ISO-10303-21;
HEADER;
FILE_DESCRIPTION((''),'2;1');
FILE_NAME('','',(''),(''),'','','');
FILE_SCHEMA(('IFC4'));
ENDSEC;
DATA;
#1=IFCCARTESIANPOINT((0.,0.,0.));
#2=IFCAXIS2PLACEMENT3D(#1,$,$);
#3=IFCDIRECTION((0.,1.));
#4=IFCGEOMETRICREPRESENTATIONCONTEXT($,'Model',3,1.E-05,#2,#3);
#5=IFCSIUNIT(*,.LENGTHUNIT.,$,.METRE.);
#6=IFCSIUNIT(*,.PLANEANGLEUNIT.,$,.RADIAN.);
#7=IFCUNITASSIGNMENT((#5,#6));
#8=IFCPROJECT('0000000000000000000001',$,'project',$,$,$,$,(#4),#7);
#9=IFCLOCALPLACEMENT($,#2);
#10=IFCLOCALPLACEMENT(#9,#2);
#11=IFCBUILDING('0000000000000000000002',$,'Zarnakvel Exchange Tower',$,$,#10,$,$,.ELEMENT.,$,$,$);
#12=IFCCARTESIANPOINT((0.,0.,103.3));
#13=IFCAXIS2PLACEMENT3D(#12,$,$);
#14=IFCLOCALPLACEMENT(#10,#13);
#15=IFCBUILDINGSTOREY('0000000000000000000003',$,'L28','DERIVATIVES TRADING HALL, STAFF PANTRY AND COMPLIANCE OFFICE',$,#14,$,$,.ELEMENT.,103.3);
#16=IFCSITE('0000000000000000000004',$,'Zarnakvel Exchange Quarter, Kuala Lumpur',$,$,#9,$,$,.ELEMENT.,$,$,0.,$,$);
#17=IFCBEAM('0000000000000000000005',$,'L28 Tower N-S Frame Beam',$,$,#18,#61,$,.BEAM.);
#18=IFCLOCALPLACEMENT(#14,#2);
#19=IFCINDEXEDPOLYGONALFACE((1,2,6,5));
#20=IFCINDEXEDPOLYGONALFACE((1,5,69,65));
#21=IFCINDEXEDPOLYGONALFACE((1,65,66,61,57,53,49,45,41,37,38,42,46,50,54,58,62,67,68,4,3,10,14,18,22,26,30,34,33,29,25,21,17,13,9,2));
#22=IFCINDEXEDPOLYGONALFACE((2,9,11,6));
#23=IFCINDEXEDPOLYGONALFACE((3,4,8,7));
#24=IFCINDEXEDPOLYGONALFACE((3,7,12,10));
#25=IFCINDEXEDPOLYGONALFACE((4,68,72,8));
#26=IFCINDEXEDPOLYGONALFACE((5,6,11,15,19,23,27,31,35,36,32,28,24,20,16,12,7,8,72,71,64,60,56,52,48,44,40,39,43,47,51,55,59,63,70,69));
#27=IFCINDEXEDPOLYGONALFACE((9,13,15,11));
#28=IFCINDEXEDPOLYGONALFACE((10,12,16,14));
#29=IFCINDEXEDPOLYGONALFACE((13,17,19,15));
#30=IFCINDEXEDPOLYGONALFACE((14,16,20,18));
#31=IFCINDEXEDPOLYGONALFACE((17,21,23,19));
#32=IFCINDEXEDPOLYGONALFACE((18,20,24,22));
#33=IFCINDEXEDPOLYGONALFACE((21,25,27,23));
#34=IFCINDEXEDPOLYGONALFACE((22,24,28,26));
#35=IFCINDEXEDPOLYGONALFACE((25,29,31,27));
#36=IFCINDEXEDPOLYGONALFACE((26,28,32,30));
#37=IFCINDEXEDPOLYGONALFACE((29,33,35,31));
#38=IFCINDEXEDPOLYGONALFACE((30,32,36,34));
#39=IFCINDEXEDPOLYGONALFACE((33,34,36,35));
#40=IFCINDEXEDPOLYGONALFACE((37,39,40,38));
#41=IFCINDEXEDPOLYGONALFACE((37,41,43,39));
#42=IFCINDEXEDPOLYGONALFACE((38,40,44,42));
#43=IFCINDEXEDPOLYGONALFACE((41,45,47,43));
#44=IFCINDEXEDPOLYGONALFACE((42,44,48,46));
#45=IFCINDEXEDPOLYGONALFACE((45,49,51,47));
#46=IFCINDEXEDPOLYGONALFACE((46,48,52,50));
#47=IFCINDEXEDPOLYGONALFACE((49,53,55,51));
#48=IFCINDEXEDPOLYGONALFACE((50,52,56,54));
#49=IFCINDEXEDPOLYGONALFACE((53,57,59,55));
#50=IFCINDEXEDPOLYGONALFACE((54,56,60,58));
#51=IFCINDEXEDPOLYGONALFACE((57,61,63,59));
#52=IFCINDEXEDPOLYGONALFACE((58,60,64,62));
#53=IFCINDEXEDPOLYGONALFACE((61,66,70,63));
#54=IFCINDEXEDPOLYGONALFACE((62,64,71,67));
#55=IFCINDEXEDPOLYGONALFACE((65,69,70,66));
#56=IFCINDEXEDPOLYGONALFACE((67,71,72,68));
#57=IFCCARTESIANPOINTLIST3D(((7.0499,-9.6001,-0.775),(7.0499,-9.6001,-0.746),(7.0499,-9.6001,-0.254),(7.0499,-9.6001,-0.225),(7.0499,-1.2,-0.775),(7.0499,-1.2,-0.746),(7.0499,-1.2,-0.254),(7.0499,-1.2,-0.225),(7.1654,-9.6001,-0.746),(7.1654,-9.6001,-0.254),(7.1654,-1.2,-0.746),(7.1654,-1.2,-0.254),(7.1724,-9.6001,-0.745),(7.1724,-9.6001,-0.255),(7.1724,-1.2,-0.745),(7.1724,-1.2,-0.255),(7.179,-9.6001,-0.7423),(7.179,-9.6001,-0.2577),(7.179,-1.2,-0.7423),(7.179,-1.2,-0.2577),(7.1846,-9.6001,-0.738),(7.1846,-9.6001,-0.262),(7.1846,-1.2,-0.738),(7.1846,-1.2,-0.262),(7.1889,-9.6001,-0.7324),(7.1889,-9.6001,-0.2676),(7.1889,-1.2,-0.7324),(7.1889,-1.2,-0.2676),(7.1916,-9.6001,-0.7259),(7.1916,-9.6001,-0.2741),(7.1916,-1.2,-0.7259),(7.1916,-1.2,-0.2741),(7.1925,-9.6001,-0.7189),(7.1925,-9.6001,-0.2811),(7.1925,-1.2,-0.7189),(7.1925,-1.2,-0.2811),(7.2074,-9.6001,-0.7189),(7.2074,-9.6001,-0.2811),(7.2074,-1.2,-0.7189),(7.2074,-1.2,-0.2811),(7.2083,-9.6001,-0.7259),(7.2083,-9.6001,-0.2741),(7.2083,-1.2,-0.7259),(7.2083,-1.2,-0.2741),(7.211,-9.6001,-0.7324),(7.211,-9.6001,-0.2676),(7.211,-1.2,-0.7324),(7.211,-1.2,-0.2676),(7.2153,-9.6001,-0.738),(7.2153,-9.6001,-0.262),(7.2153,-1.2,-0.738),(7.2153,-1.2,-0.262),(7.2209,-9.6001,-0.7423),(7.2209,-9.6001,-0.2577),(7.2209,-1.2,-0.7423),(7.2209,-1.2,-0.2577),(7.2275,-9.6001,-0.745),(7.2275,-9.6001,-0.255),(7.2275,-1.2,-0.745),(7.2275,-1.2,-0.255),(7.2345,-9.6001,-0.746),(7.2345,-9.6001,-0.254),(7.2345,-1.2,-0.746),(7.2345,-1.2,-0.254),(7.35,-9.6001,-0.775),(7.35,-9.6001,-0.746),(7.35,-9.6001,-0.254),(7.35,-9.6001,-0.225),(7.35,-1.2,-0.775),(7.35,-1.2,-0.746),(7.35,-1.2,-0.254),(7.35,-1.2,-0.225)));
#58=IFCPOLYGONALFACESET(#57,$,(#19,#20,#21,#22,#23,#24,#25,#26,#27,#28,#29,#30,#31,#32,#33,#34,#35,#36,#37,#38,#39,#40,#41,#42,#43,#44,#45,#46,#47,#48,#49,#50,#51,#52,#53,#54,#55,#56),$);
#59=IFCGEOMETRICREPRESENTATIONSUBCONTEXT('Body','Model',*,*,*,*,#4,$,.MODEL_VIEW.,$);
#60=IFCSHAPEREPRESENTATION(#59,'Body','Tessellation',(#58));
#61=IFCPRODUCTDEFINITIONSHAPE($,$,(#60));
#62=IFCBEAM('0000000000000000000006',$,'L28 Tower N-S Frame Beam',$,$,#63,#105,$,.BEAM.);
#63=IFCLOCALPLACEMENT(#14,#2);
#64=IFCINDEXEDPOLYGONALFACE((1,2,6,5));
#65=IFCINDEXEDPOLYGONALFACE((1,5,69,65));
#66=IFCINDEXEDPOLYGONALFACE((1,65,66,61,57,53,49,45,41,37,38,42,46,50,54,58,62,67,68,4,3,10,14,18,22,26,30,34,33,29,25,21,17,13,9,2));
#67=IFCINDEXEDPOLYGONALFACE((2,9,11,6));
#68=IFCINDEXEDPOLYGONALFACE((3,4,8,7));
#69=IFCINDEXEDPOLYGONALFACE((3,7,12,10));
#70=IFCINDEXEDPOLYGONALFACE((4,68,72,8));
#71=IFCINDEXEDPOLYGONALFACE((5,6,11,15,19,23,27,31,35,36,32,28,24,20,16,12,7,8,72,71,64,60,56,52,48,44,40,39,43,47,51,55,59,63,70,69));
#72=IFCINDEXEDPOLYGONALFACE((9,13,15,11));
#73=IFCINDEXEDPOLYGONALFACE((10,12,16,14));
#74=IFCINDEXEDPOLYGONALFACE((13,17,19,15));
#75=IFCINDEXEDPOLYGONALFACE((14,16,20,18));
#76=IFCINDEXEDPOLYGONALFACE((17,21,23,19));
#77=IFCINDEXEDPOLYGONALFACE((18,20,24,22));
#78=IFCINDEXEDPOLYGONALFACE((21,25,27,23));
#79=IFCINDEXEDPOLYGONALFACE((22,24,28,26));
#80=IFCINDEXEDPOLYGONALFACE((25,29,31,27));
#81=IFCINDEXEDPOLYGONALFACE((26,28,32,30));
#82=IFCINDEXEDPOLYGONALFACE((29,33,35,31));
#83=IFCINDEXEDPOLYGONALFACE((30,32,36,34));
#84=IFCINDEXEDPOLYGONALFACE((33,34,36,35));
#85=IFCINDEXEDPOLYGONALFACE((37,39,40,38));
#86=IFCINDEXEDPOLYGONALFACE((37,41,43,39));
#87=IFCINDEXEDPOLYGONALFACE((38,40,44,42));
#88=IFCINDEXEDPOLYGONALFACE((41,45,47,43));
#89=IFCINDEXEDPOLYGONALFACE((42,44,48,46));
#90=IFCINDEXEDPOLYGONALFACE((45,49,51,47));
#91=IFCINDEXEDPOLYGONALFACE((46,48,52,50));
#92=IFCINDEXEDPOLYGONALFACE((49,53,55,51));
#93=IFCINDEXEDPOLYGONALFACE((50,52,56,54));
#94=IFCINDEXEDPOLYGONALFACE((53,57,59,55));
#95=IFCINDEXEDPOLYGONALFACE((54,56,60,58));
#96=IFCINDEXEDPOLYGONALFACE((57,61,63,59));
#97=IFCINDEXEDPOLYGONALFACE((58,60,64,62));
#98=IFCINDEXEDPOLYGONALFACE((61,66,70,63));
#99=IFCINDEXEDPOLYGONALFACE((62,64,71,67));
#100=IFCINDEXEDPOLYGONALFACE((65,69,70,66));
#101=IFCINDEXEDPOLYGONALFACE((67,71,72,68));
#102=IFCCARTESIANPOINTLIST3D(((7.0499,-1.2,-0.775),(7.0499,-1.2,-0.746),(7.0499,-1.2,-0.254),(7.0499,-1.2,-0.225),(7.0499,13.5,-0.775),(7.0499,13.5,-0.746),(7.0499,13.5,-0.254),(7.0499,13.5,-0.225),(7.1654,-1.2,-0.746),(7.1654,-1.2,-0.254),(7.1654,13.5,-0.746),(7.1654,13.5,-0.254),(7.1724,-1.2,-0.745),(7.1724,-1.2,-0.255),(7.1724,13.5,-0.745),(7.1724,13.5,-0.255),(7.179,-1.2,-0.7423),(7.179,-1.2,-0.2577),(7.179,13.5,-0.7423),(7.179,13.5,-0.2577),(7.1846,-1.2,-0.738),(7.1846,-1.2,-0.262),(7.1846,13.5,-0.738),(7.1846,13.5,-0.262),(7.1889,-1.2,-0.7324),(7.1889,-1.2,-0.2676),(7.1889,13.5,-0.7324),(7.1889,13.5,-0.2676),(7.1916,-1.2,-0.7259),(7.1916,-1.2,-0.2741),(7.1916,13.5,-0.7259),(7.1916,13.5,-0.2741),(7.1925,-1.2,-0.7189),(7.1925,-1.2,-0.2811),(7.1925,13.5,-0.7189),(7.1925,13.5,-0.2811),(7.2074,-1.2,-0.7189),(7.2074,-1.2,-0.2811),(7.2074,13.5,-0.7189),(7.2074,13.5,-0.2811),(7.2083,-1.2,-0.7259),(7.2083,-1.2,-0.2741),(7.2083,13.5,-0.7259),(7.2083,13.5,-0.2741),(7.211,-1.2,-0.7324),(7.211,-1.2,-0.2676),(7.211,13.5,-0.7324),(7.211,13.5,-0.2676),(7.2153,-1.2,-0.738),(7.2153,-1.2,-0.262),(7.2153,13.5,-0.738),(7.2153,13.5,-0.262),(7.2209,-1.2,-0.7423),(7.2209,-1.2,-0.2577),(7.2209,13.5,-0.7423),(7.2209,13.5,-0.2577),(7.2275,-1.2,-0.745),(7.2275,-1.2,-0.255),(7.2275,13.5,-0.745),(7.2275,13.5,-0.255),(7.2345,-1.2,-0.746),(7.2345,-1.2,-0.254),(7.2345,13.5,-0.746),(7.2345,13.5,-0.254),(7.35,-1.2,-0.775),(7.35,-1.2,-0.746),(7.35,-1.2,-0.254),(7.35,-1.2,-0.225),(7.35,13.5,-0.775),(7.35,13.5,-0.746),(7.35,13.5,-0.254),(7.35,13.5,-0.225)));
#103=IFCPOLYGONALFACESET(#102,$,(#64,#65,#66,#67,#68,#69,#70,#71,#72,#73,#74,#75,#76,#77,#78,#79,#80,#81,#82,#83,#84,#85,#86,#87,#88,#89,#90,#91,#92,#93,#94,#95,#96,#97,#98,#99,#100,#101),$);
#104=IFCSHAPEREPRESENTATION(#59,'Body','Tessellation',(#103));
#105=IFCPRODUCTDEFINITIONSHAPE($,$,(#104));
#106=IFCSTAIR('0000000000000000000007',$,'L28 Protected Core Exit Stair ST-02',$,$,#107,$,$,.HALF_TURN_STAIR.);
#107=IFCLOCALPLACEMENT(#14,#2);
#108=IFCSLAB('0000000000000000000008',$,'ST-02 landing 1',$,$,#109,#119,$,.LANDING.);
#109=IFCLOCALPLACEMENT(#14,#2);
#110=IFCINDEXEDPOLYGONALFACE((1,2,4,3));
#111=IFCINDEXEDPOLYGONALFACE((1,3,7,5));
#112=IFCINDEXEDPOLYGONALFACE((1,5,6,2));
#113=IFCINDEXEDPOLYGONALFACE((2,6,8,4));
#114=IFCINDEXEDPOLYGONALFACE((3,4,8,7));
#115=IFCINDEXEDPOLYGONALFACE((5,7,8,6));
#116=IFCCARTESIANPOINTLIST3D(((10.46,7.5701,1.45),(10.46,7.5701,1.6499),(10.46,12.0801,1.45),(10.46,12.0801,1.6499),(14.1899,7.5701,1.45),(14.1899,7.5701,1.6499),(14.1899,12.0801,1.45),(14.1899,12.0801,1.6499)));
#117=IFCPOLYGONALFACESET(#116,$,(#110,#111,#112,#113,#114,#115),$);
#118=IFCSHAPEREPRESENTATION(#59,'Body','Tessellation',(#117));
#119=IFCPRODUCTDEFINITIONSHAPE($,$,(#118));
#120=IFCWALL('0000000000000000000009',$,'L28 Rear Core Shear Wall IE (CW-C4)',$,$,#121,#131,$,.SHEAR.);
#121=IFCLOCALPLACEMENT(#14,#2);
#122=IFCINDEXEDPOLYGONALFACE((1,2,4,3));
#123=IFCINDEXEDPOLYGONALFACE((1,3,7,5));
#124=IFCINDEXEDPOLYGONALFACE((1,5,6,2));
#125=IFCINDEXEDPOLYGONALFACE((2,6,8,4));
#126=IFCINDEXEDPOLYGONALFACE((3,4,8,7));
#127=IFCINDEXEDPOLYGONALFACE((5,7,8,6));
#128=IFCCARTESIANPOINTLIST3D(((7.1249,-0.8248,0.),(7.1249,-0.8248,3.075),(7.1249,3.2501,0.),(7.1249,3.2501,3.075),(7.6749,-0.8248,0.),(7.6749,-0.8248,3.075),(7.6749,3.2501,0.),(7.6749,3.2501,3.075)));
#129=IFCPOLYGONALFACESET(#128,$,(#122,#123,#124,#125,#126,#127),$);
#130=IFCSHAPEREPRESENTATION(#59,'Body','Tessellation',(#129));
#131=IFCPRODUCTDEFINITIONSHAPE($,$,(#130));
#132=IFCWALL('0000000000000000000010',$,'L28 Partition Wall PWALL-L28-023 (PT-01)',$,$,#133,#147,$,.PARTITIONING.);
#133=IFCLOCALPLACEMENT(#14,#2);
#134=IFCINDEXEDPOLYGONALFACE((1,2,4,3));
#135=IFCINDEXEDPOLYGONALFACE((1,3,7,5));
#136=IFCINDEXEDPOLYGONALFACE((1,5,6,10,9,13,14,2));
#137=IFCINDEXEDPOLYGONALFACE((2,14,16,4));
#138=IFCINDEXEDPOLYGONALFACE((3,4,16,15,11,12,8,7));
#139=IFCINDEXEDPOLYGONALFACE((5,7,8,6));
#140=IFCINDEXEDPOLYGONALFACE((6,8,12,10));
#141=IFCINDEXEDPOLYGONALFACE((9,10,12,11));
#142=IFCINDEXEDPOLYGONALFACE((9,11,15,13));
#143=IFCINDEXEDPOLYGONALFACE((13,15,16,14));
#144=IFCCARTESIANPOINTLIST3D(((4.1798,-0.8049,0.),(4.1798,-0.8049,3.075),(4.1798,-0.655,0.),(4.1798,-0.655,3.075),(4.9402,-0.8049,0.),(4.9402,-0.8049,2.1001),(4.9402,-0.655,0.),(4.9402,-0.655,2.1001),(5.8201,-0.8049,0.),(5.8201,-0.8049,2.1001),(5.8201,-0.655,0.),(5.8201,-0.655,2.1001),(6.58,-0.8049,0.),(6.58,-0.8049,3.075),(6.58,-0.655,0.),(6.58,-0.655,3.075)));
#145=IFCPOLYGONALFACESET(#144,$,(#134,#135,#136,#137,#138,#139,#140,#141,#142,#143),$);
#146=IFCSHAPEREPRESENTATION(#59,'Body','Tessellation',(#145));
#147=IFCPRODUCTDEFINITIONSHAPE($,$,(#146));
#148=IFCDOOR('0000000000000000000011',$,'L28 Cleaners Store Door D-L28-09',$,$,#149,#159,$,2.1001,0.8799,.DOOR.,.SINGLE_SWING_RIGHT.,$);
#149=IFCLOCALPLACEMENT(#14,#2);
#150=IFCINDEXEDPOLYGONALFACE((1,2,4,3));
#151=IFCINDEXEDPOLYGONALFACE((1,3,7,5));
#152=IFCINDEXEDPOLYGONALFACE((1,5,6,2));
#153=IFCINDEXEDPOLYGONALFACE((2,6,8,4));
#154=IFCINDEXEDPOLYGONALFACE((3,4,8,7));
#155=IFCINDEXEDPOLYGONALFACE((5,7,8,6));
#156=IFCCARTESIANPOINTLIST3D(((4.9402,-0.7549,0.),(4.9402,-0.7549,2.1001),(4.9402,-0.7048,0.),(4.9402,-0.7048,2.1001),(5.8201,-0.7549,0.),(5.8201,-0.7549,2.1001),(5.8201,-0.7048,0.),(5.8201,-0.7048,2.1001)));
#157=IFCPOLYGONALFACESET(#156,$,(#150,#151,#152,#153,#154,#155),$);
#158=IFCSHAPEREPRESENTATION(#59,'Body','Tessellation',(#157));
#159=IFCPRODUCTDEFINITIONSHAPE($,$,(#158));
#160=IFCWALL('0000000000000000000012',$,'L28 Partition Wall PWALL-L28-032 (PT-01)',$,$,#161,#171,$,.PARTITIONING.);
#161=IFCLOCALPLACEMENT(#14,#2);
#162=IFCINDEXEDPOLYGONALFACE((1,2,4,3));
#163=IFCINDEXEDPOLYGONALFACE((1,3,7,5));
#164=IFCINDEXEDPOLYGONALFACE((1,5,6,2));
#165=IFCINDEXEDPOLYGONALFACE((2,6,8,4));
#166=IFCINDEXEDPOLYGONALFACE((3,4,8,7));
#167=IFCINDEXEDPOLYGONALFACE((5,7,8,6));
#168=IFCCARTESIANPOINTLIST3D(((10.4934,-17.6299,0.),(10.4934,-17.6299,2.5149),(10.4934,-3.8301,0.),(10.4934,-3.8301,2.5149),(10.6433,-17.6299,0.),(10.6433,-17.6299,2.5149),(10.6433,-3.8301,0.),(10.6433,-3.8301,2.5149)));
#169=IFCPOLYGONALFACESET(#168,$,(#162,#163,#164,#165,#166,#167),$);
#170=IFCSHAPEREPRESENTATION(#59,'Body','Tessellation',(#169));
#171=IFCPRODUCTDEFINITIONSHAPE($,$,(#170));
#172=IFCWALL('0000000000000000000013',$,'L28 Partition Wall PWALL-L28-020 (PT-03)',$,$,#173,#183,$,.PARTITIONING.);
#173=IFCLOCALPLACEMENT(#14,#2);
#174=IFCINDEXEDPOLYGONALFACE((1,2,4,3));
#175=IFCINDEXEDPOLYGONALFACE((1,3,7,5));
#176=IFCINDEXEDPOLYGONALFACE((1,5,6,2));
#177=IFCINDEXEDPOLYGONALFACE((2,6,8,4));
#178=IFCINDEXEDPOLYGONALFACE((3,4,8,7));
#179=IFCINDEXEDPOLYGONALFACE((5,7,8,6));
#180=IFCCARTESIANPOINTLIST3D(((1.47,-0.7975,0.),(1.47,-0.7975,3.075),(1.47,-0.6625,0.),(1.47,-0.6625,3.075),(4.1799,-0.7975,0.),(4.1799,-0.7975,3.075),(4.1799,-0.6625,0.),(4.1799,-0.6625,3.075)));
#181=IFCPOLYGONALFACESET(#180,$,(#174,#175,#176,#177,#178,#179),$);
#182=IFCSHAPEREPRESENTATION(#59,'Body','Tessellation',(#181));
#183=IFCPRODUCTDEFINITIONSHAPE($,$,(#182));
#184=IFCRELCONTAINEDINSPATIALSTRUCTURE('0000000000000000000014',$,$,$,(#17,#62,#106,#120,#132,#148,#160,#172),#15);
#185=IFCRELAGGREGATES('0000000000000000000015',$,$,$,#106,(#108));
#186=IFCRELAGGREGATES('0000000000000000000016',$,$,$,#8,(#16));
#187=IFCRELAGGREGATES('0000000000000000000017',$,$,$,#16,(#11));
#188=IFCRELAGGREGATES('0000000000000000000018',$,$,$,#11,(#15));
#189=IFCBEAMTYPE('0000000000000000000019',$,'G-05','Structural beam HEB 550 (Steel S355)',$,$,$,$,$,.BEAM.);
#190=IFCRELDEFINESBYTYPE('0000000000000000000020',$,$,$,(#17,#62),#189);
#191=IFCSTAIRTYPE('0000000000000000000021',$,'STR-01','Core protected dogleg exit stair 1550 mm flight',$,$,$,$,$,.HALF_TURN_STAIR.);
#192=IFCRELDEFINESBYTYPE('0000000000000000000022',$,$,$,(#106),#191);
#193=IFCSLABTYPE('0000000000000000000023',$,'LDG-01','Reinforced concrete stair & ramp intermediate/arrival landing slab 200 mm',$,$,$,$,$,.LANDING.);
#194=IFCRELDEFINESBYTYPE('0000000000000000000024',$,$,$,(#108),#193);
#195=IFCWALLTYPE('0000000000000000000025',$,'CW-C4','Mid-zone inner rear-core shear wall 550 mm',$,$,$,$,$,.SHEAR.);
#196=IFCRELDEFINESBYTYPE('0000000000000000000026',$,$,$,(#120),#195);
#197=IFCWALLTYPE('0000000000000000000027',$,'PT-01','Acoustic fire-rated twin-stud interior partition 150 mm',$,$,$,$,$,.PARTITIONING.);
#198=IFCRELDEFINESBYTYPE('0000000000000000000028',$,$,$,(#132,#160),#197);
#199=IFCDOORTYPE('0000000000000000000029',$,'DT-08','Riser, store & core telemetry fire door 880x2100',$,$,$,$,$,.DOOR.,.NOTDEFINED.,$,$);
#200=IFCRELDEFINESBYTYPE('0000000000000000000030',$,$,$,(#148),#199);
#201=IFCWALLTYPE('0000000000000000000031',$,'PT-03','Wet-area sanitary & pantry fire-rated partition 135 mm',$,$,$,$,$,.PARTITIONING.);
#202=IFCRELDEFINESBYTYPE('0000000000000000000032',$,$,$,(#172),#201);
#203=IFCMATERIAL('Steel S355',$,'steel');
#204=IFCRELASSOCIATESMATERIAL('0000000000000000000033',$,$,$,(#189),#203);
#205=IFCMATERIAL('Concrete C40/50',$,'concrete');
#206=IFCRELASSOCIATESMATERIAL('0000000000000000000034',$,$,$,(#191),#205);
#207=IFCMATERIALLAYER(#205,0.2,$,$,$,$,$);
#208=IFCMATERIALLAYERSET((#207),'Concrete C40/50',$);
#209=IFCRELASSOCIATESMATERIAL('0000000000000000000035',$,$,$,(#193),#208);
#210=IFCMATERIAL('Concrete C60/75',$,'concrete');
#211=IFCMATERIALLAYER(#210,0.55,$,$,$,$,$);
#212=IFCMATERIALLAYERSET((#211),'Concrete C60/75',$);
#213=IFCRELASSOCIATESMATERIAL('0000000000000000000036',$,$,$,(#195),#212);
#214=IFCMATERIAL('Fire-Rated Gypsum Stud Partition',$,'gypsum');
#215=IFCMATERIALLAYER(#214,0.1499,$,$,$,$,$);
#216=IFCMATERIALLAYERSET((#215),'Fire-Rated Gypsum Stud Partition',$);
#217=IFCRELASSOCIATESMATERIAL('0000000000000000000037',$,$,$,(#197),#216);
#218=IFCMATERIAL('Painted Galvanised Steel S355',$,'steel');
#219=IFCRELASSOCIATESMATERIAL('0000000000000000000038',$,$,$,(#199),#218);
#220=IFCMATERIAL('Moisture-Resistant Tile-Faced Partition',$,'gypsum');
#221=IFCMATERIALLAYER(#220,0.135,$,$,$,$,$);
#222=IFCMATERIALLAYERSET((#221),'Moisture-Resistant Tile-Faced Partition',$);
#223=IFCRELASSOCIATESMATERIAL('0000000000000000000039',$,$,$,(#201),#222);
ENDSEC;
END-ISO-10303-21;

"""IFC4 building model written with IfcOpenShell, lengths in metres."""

from ifc_helpers import new_model, si_unit, direction, frame, frame_2d, origin, origin_2d, place, context, subcontext, project, spatial, polyline, rectangle, i_section, outline, extrude, source, transform, mapped, material, layer, layer_set, material_profile, profile_set, type_object, element, fill, aggregate, save


model = new_model("IFC4")

# Units and contexts
model_context = context("Model", 3, precision=1e-05, world=origin(), true_north=direction((0.0, 1.0)))
body_context = subcontext(model_context, "Body", "Model", "MODEL_VIEW")
ifc_project = project(units=[si_unit("LENGTHUNIT", "METRE"), si_unit("PLANEANGLEUNIT", "RADIAN")], contexts=[model_context])

# Site, building, storey
site_placement = place(None, origin())
site = spatial("IfcSite", under=ifc_project, at=site_placement, Name="Zarnakvel Exchange Quarter, Kuala Lumpur", CompositionType="ELEMENT", RefElevation=0.0)
building_placement = place(site_placement, origin())
building = spatial("IfcBuilding", under=site, at=building_placement, Name="Zarnakvel Exchange Tower", CompositionType="ELEMENT")
storey_placement = place(building_placement, frame((0.0, 0.0, 103.3)))
storey = spatial("IfcBuildingStorey", under=building, at=storey_placement, Name="L28", Description="DERIVATIVES TRADING HALL, STAFF PANTRY AND COMPLIANCE OFFICE", CompositionType="ELEMENT", Elevation=103.3)

# Shared definitions
ifc_material_1 = material(Name="Concrete C60/75", Category="concrete")

# Beams
ifc_material_2 = material(Name="Steel S355", Category="steel")
ifc_material_profile_1 = material_profile(ifc_material_2, i_section(OverallWidth=0.3, OverallDepth=0.55, WebThickness=0.0149, FlangeThickness=0.0291, FilletRadius=0.0271, at=origin_2d()))
ifc_profile_set_1 = profile_set([ifc_material_profile_1], Name="Steel S355")
beam_type_1 = type_object("IfcBeamType", Name="G-05", Description="Structural beam HEB 550 (Steel S355)", PredefinedType="BEAM", material=ifc_profile_set_1)
beam_1_placement = place(storey_placement, frame((7.2, -9.6001, -0.5), z_axis=(0.0, 1.0, 0.0), x_axis=(-1.0, 0.0, 0.0)))
element("IfcBeam", 1, at=beam_1_placement, inside=storey, type_object=beam_type_1, Name="L28 Tower N-S Frame Beam", PredefinedType="BEAM", context=body_context, shape_type="SweptSolid", body=[
    extrude(i_section(OverallWidth=0.3, OverallDepth=0.55, WebThickness=0.0149, FlangeThickness=0.0291, FilletRadius=0.0271, at=origin_2d()), origin(), (0.0, 0.0, 1.0), 8.4001),
])
beam_2_placement = place(storey_placement, frame((7.2, -1.2, -0.5), z_axis=(0.0, 1.0, 0.0), x_axis=(-1.0, 0.0, 0.0)))
element("IfcBeam", 2, at=beam_2_placement, inside=storey, type_object=beam_type_1, Name="L28 Tower N-S Frame Beam", PredefinedType="BEAM", context=body_context, shape_type="SweptSolid", body=[
    extrude(i_section(OverallWidth=0.3, OverallDepth=0.55, WebThickness=0.0149, FlangeThickness=0.0291, FilletRadius=0.0271, at=origin_2d()), origin(), (0.0, 0.0, 1.0), 14.7),
])

# Stair, slab
ifc_material_3 = material(Name="Concrete C40/50", Category="concrete")
stair_type = type_object("IfcStairType", Name="STR-01", Description="Core protected dogleg exit stair 1550 mm flight", PredefinedType="HALF_TURN_STAIR", material=ifc_material_3)
stair_placement = place(storey_placement, origin())
stair = element("IfcStair", 3, at=stair_placement, inside=storey, type_object=stair_type, Name="L28 Protected Core Exit Stair ST-02", PredefinedType="HALF_TURN_STAIR")
ifc_layer_1 = layer(ifc_material_3, 0.2)
ifc_layer_set_1 = layer_set([ifc_layer_1], Name="Concrete C40/50")
slab_type = type_object("IfcSlabType", Name="LDG-01", Description="Reinforced concrete stair & ramp intermediate/arrival landing slab 200 mm", PredefinedType="LANDING", material=ifc_layer_set_1)
slab_placement = place(storey_placement, frame((0.0, 0.0, 1.45)))
slab = element("IfcSlab", 4, at=slab_placement, type_object=slab_type, Name="ST-02 landing 1", PredefinedType="LANDING", context=body_context, shape_type="SweptSolid", body=[
    extrude(outline(polyline([(10.46, 7.5701), (14.1899, 7.5701), (14.1899, 12.0801), (10.46, 12.0801), (10.46, 7.5701)])), origin(), (0.0, 0.0, 1.0), 0.2),
])
aggregate(stair, [slab])

# Wall
ifc_layer_2 = layer(ifc_material_1, 0.55)
ifc_layer_set_2 = layer_set([ifc_layer_2], Name="Concrete C60/75")
wall_type_1 = type_object("IfcWallType", Name="CW-C4", Description="Mid-zone inner rear-core shear wall 550 mm", PredefinedType="SHEAR", material=ifc_layer_set_2)
wall_1_placement = place(storey_placement, frame((7.3999, -0.825, 0.0), z_axis=(0.0, 0.0, 1.0), x_axis=(0.0, 1.0, 0.0)))
element("IfcWall", 5, at=wall_1_placement, inside=storey, type_object=wall_type_1, Name="L28 Rear Core Shear Wall IE (CW-C4)", PredefinedType="SHEAR", context=body_context, shape_type="SweptSolid", body=[
    extrude(rectangle(XDim=4.075, YDim=0.55, at=frame_2d((2.0376, 0.0))), origin(), (0.0, 0.0, 1.0), 3.075),
])

# Wall, opening, door
ifc_material_4 = material(Name="Fire-Rated Gypsum Stud Partition", Category="gypsum")
ifc_layer_3 = layer(ifc_material_4, 0.1499)
ifc_layer_set_3 = layer_set([ifc_layer_3], Name="Fire-Rated Gypsum Stud Partition")
wall_type_2 = type_object("IfcWallType", Name="PT-01", Description="Acoustic fire-rated twin-stud interior partition 150 mm", PredefinedType="PARTITIONING", material=ifc_layer_set_3)
wall_2_placement = place(storey_placement, frame((6.5801, -0.73, 0.0), z_axis=(0.0, 0.0, 1.0), x_axis=(-1.0, 0.0, 0.0)))
wall_2 = element("IfcWall", 6, at=wall_2_placement, inside=storey, type_object=wall_type_2, Name="L28 Partition Wall PWALL-L28-023 (PT-01)", PredefinedType="PARTITIONING", context=body_context, shape_type="SweptSolid", body=[
    extrude(rectangle(XDim=2.4001, YDim=0.1499, at=frame_2d((1.2002, 0.0))), origin(), (0.0, 0.0, 1.0), 3.075),
])
opening_1_placement = place(wall_2_placement, frame((0.76, 0.0, 0.0)))
opening_1 = element("IfcOpeningElement", 7, at=opening_1_placement, cuts=wall_2, PredefinedType="OPENING", context=body_context, shape_type="SweptSolid", body=[
    extrude(rectangle(XDim=0.8799, YDim=2.1001, at=frame_2d((0.4399, 1.05))), frame((0.0, 0.085, 0.0), z_axis=(0.0, -1.0, 0.0), x_axis=(1.0, 0.0, 0.0)), (0.0, 0.0, 1.0), 0.1699),
])
ifc_material_5 = material(Name="Painted Galvanised Steel S355", Category="steel")
door_type_1 = type_object("IfcDoorType", Name="DT-08", Description="Riser, store & core telemetry fire door 880x2100", OperationType="NOTDEFINED", PredefinedType="DOOR", material=ifc_material_5)
shared_shape_1 = source(origin(), body_context, "Body", "SweptSolid", [
    extrude(rectangle(XDim=0.8799, YDim=2.1001, at=frame_2d((0.4399, 1.05))), frame((0.0, 0.0249, 0.0), z_axis=(0.0, -1.0, 0.0), x_axis=(1.0, 0.0, 0.0)), (0.0, 0.0, 1.0), 0.05),
])
door_1_placement = place(opening_1_placement, origin())
door_1 = element("IfcDoor", 8, at=door_1_placement, inside=storey, type_object=door_type_1, Name="L28 Cleaners Store Door D-L28-09", OperationType="SINGLE_SWING_RIGHT", OverallHeight=2.1001, OverallWidth=0.8799, PredefinedType="DOOR", context=body_context, shape_type="MappedRepresentation", body=[
    mapped(shared_shape_1, transform((0.0, 0.0, 0.0), x_axis=(1.0, 0.0, 0.0), y_axis=(0.0, 1.0, 0.0), z_axis=(0.0, 0.0, 1.0), scale=1.0)),
])
fill(opening_1, door_1)

# Wall
wall_3_placement = place(storey_placement, frame((10.5684, -3.8301, 0.0), z_axis=(0.0, 0.0, 1.0), x_axis=(0.0, -1.0, 0.0)))
element("IfcWall", 9, at=wall_3_placement, inside=storey, type_object=wall_type_2, Name="L28 Partition Wall PWALL-L28-032 (PT-01)", PredefinedType="PARTITIONING", context=body_context, shape_type="SweptSolid", body=[
    extrude(rectangle(XDim=13.7998, YDim=0.1499, at=frame_2d((6.8999, 0.0))), origin(), (0.0, 0.0, 1.0), 2.5149),
])

# Wall
ifc_material_6 = material(Name="Moisture-Resistant Tile-Faced Partition", Category="gypsum")
ifc_layer_4 = layer(ifc_material_6, 0.135)
ifc_layer_set_4 = layer_set([ifc_layer_4], Name="Moisture-Resistant Tile-Faced Partition")
wall_type_3 = type_object("IfcWallType", Name="PT-03", Description="Wet-area sanitary & pantry fire-rated partition 135 mm", PredefinedType="PARTITIONING", material=ifc_layer_set_4)
wall_4_placement = place(storey_placement, frame((4.1799, -0.73, 0.0), z_axis=(0.0, 0.0, 1.0), x_axis=(-1.0, 0.0, 0.0)))
element("IfcWall", 10, at=wall_4_placement, inside=storey, type_object=wall_type_3, Name="L28 Partition Wall PWALL-L28-020 (PT-03)", PredefinedType="PARTITIONING", context=body_context, shape_type="SweptSolid", body=[
    extrude(rectangle(XDim=2.71, YDim=0.135, at=frame_2d((1.355, 0.0))), origin(), (0.0, 0.0, 1.0), 3.075),
])

save(model, "model.ifc")
